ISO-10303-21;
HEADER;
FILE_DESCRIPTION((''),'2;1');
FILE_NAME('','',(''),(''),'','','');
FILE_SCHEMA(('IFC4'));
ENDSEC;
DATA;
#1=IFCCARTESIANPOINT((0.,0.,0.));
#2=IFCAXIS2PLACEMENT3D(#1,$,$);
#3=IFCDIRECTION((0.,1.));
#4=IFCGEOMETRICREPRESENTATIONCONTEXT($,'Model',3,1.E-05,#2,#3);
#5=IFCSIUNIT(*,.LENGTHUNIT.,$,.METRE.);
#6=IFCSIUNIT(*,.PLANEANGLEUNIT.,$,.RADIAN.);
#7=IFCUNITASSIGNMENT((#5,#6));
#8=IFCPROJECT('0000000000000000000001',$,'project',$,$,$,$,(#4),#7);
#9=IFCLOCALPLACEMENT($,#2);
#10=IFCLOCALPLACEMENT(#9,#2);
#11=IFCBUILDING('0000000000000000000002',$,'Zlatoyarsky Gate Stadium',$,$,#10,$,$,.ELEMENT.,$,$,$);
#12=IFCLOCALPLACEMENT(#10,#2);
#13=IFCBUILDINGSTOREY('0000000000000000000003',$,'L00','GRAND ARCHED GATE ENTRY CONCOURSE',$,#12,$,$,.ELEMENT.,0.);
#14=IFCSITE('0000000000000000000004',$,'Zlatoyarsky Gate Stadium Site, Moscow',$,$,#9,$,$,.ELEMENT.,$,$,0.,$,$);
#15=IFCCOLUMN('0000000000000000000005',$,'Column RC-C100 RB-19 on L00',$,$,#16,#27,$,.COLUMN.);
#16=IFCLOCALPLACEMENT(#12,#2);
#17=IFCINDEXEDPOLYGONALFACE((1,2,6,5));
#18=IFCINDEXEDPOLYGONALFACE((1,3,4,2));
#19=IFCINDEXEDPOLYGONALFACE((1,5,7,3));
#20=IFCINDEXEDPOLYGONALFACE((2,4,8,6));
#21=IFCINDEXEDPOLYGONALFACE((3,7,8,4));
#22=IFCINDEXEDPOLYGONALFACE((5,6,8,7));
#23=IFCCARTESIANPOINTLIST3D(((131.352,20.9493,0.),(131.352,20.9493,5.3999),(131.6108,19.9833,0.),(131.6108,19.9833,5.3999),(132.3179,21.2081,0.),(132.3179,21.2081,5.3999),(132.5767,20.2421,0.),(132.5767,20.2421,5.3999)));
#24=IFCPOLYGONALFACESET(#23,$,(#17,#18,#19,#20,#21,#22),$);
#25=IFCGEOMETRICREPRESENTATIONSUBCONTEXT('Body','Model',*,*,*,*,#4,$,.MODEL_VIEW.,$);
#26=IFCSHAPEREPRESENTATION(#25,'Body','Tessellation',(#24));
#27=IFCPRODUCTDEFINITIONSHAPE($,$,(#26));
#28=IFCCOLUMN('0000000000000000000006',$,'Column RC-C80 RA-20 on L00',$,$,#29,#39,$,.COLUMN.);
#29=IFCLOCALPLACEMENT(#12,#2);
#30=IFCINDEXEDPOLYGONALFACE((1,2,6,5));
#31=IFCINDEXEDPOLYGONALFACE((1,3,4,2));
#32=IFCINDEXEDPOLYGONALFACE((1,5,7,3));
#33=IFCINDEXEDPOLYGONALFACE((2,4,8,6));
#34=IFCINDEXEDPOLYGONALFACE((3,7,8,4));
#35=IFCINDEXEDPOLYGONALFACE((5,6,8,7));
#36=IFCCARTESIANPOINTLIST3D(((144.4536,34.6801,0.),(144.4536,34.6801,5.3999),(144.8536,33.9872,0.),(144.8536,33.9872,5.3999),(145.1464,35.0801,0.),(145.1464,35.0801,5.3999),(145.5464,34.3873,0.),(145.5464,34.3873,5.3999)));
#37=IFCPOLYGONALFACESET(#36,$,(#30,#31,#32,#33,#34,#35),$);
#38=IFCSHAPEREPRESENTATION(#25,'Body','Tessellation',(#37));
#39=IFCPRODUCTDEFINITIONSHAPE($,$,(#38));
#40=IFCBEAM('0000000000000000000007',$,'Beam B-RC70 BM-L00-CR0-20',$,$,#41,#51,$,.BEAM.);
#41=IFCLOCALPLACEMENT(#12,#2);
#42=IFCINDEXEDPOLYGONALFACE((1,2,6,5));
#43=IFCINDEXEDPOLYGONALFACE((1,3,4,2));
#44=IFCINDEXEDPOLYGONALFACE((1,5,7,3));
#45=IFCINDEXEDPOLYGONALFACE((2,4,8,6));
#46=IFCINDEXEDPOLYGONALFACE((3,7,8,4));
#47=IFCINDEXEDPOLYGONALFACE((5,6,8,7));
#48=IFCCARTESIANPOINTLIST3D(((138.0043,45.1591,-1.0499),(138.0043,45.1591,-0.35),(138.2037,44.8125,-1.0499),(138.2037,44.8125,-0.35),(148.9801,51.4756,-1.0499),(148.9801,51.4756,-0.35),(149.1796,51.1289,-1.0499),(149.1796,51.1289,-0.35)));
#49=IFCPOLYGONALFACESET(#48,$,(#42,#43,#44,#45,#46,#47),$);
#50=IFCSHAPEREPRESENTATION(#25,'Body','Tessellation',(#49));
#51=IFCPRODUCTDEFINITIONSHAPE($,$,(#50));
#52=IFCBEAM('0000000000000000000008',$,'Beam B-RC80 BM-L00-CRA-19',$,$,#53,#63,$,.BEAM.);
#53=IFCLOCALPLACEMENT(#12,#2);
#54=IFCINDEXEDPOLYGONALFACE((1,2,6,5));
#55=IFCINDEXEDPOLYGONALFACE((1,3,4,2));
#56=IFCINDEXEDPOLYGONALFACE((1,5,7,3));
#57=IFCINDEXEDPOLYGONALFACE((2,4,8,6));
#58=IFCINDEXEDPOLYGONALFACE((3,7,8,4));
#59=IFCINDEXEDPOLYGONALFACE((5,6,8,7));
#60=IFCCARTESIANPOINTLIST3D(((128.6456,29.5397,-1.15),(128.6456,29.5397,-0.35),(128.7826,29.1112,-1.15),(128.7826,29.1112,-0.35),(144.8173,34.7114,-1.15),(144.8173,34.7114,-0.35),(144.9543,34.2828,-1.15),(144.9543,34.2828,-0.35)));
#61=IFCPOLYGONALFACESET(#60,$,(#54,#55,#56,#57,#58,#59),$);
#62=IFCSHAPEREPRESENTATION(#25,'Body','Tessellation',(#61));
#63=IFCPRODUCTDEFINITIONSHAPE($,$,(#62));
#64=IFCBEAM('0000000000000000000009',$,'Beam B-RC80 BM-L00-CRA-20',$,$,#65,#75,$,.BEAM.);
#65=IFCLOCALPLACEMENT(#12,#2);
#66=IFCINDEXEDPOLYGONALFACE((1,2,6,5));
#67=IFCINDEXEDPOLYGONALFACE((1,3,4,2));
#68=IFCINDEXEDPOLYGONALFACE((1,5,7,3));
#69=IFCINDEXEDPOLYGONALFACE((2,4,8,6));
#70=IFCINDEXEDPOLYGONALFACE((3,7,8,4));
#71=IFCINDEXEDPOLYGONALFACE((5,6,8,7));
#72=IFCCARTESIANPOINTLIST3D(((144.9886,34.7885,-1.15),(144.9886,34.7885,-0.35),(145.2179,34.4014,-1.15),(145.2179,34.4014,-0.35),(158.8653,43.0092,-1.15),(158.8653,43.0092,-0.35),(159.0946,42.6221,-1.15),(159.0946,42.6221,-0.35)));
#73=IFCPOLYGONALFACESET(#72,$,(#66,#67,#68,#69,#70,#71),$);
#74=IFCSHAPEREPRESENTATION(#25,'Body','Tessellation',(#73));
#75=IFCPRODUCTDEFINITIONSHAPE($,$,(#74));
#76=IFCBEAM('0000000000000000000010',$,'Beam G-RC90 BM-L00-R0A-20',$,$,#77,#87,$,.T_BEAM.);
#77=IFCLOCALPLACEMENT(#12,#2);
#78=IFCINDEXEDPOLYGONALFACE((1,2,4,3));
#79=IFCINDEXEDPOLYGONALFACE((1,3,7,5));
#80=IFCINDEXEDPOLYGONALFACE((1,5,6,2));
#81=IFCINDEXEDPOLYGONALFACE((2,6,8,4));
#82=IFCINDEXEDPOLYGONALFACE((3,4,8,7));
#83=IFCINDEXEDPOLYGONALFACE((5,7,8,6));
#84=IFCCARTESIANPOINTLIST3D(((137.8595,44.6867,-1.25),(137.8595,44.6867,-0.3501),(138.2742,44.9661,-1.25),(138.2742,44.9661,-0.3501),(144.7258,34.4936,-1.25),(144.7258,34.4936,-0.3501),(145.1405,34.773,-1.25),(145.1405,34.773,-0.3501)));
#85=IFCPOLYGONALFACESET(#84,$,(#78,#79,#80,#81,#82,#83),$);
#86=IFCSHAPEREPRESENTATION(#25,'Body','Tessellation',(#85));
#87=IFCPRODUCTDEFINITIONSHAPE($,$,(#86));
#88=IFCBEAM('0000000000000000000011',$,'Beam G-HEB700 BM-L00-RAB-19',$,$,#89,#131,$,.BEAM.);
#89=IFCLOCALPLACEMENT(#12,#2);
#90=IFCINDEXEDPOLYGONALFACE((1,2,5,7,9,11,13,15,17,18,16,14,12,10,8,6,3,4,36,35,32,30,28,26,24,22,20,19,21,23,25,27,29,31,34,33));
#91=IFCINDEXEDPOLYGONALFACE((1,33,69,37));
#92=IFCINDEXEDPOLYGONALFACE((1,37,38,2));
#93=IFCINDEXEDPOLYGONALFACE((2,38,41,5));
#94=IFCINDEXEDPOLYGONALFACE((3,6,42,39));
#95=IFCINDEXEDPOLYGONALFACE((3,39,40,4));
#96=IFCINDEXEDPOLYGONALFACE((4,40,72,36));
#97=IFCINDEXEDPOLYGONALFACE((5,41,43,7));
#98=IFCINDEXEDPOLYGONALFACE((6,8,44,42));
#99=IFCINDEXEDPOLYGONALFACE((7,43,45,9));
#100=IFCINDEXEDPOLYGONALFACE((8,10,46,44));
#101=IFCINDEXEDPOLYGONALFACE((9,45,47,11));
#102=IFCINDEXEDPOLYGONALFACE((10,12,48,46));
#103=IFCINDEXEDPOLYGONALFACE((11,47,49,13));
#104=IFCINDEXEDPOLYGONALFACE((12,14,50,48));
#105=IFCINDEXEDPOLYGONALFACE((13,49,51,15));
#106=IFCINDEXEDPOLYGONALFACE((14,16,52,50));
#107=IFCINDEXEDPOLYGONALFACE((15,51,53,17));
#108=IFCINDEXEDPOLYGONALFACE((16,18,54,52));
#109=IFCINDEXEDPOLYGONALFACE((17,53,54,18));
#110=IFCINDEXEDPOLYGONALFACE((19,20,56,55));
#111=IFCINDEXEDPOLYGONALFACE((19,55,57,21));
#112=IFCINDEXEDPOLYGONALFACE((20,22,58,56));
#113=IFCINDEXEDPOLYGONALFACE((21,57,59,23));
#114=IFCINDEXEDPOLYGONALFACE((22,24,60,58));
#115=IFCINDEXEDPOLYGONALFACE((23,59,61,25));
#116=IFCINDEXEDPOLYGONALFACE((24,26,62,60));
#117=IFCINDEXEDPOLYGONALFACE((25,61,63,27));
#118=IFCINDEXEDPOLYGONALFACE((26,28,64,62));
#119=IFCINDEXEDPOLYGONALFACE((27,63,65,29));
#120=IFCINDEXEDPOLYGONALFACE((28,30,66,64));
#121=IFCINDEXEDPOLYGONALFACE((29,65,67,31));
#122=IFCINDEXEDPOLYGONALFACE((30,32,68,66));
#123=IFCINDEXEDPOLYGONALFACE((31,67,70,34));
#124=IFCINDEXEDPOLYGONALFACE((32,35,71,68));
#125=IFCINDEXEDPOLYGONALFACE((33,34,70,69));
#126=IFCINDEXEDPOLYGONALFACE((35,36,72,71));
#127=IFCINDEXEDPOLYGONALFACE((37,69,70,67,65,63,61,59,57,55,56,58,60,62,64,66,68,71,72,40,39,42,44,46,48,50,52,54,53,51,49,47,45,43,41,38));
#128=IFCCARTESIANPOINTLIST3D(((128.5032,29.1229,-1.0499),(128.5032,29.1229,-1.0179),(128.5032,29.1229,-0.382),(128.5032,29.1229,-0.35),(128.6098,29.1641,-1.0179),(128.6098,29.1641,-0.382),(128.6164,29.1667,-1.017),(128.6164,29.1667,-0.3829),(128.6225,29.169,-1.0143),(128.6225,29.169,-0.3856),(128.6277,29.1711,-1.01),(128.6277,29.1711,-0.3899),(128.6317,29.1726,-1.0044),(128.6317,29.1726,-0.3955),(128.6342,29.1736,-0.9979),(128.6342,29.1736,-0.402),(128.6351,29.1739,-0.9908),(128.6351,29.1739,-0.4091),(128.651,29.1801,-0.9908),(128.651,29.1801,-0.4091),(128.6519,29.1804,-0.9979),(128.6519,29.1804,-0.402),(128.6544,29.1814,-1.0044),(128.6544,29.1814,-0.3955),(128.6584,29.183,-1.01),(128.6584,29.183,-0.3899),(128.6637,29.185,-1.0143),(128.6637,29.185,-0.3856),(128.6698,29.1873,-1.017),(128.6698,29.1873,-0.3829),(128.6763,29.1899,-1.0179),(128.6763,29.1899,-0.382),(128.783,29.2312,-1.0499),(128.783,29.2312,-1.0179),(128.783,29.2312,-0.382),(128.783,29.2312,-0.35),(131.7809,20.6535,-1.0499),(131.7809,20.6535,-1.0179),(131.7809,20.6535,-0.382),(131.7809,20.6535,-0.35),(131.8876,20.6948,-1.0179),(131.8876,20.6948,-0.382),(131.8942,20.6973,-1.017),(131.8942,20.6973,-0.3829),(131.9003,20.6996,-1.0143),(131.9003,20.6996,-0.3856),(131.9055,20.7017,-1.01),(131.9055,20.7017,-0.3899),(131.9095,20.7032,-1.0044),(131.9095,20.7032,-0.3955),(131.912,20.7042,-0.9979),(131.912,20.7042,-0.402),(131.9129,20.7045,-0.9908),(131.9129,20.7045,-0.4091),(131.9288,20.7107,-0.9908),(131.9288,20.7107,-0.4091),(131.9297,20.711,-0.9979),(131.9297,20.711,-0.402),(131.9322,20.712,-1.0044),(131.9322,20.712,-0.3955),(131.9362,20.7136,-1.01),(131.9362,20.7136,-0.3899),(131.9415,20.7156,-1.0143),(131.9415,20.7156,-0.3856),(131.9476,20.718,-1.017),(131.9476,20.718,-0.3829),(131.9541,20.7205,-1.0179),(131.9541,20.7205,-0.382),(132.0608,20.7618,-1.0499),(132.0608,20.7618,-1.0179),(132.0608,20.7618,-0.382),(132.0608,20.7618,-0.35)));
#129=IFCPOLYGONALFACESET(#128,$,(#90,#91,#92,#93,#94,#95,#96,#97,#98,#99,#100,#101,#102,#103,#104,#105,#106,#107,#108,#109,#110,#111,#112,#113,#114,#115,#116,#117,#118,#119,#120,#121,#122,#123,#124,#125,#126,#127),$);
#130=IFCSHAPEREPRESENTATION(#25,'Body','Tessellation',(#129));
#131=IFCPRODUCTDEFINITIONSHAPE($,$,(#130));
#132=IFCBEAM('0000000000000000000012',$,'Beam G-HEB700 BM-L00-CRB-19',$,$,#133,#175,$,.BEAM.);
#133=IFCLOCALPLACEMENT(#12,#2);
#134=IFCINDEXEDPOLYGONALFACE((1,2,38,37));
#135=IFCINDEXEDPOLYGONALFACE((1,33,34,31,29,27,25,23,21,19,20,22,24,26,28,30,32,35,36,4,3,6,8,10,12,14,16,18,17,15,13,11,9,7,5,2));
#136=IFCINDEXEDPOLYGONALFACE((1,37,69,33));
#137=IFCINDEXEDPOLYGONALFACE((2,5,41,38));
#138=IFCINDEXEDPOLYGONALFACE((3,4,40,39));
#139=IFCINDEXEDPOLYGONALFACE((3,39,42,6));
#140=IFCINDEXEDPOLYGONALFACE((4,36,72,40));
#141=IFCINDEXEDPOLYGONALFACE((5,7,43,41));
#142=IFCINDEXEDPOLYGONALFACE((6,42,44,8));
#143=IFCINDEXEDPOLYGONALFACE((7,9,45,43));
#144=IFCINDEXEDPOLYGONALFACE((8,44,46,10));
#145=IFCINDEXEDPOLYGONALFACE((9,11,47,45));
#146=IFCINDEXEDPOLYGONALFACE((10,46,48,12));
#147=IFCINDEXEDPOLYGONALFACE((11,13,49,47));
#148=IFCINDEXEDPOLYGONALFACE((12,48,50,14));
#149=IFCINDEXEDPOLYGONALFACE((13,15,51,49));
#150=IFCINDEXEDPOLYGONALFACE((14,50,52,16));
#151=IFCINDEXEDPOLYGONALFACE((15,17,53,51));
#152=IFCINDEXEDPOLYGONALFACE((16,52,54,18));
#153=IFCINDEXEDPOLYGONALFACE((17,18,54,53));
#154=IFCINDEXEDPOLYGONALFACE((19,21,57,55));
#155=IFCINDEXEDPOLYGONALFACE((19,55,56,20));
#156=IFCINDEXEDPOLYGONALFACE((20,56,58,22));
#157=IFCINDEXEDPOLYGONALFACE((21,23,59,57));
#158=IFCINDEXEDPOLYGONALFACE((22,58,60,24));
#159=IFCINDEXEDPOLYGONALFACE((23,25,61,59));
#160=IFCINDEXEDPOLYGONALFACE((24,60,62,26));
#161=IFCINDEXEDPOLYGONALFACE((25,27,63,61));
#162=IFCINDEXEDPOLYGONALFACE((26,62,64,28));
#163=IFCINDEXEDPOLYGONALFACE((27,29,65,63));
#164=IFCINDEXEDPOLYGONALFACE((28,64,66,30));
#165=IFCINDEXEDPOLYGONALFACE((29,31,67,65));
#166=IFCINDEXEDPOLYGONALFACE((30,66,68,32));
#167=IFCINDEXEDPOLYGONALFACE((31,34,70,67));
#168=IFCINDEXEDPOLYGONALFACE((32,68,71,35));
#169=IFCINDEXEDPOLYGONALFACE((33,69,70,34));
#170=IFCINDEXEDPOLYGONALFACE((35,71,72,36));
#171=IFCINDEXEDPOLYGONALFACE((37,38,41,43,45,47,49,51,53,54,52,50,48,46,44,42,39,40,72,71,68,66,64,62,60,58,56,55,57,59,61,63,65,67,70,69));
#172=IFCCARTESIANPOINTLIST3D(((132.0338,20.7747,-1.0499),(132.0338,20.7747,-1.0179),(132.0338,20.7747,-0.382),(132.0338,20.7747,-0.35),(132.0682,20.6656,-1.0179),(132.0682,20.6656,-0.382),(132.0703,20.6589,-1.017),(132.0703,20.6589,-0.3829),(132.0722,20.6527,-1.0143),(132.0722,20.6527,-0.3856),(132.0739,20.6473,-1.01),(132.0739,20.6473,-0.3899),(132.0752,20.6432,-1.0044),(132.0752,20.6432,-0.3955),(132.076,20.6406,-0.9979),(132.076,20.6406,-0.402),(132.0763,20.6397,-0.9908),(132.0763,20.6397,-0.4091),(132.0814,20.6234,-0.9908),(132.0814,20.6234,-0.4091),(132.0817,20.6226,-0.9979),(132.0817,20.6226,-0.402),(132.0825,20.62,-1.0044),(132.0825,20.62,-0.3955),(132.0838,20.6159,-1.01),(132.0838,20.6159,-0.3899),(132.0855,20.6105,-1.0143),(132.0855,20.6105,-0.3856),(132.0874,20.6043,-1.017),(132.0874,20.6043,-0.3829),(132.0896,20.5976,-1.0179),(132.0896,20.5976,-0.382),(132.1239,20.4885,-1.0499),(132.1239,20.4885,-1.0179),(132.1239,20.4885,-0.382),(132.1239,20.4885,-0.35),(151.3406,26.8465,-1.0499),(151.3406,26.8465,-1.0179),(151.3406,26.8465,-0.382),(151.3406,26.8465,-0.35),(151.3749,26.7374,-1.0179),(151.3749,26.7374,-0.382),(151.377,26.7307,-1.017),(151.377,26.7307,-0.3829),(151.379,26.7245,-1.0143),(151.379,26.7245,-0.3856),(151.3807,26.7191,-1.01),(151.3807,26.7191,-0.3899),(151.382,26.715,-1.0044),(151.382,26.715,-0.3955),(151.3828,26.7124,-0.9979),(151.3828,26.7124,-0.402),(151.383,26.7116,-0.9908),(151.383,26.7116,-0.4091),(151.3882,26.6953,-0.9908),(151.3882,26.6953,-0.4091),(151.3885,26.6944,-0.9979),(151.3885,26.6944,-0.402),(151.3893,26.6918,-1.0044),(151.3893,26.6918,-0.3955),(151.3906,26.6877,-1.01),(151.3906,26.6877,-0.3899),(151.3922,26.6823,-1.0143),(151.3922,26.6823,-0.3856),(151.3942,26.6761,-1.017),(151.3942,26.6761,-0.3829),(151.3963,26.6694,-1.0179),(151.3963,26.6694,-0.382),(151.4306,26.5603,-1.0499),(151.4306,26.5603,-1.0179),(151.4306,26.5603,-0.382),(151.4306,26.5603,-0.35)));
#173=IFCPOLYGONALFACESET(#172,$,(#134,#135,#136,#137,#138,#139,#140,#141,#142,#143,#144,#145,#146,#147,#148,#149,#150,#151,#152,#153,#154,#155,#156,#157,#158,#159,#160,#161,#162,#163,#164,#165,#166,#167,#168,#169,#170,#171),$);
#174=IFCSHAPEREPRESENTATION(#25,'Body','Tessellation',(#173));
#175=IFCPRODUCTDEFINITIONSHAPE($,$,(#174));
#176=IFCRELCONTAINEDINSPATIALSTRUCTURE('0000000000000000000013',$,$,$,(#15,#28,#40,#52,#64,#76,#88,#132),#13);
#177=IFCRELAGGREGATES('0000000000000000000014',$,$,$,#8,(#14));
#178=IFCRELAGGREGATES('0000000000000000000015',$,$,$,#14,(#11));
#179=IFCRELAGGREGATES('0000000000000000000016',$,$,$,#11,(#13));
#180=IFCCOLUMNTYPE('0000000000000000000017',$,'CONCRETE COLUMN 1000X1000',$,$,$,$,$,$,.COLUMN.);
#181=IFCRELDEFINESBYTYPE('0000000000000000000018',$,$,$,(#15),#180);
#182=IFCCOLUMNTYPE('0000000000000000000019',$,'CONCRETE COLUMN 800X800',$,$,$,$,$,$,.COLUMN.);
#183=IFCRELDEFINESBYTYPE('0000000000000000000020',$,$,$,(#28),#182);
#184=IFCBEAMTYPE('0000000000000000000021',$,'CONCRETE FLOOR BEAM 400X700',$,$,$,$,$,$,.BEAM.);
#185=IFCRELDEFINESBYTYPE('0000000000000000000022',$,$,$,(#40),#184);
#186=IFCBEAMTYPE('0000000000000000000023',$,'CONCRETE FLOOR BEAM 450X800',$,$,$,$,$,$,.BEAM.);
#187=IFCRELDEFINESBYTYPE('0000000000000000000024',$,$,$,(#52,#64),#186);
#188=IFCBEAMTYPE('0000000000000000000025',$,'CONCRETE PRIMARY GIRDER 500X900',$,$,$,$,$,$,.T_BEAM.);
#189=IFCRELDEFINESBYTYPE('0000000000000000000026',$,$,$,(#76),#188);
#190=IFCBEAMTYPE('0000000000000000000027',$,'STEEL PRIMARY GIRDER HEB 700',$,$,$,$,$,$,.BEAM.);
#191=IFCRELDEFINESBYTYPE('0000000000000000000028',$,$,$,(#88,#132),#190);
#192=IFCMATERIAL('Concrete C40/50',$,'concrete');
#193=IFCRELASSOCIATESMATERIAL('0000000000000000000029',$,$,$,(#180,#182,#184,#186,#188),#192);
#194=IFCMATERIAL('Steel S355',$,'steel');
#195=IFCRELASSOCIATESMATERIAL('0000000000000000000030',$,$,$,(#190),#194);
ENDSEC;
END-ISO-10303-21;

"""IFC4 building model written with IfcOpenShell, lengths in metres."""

from ifc_helpers import new_model, si_unit, direction, frame, origin, origin_2d, place, context, subcontext, project, spatial, rectangle, i_section, extrude, material, material_profile, profile_set, type_object, element, save


model = new_model("IFC4")

# Units and contexts
model_context = context("Model", 3, precision=1e-05, world=origin(), true_north=direction((0.0, 1.0)))
body_context = subcontext(model_context, "Body", "Model", "MODEL_VIEW")
ifc_project = project(units=[si_unit("LENGTHUNIT", "METRE"), si_unit("PLANEANGLEUNIT", "RADIAN")], contexts=[model_context])

# Site, building, storey
site_placement = place(None, origin())
site = spatial("IfcSite", under=ifc_project, at=site_placement, Name="Zlatoyarsky Gate Stadium Site, Moscow", CompositionType="ELEMENT", RefElevation=0.0)
building_placement = place(site_placement, origin())
building = spatial("IfcBuilding", under=site, at=building_placement, Name="Zlatoyarsky Gate Stadium", CompositionType="ELEMENT")
storey_placement = place(building_placement, origin())
storey = spatial("IfcBuildingStorey", under=building, at=storey_placement, Name="L00", Description="GRAND ARCHED GATE ENTRY CONCOURSE", CompositionType="ELEMENT", Elevation=0.0)

# Columns
ifc_material_1 = material(Name="Concrete C40/50", Category="concrete")
ifc_material_profile_1 = material_profile(ifc_material_1, rectangle(XDim=1.0, YDim=1.0, at=origin_2d()), Name="RC COL 1000X1000")
ifc_profile_set_1 = profile_set([ifc_material_profile_1], Name="Concrete C40/50")
column_type_1 = type_object("IfcColumnType", Name="CONCRETE COLUMN 1000X1000", PredefinedType="COLUMN", material=ifc_profile_set_1)
column_1_placement = place(storey_placement, frame((131.9644, 20.5957, 0.0), z_axis=(0.0, 0.0, 1.0), x_axis=(0.258819, -0.965926, 0.0)))
element("IfcColumn", 1, at=column_1_placement, inside=storey, type_object=column_type_1, Name="Column RC-C100 RB-19 on L00", PredefinedType="COLUMN", context=body_context, shape_type="SweptSolid", body=[
    extrude(rectangle(XDim=1.0, YDim=1.0, at=origin_2d()), origin(), (0.0, 0.0, 1.0), 5.3999),
])
ifc_material_profile_2 = material_profile(ifc_material_1, rectangle(XDim=0.8, YDim=0.8, at=origin_2d()), Name="RC COL 800X800")
ifc_profile_set_2 = profile_set([ifc_material_profile_2], Name="Concrete C40/50")
column_type_2 = type_object("IfcColumnType", Name="CONCRETE COLUMN 800X800", PredefinedType="COLUMN", material=ifc_profile_set_2)
column_2_placement = place(storey_placement, frame((145.0, 34.5337, 0.0), z_axis=(0.0, 0.0, 1.0), x_axis=(0.5, -0.866025, 0.0)))
element("IfcColumn", 2, at=column_2_placement, inside=storey, type_object=column_type_2, Name="Column RC-C80 RA-20 on L00", PredefinedType="COLUMN", context=body_context, shape_type="SweptSolid", body=[
    extrude(rectangle(XDim=0.8, YDim=0.8, at=origin_2d()), origin(), (0.0, 0.0, 1.0), 5.3999),
])

# Beams
ifc_material_profile_3 = material_profile(ifc_material_1, rectangle(XDim=0.3999, YDim=0.7, at=origin_2d()), Name="RC BEAM 400X700")
ifc_profile_set_3 = profile_set([ifc_material_profile_3], Name="Concrete C40/50")
beam_type_1 = type_object("IfcBeamType", Name="CONCRETE FLOOR BEAM 400X700", PredefinedType="BEAM", material=ifc_profile_set_3)
beam_1_placement = place(storey_placement, frame((138.104, 44.9858, -0.7), z_axis=(0.866725, 0.498786, 0.0), x_axis=(-0.498786, 0.866725, 0.0)))
element("IfcBeam", 3, at=beam_1_placement, inside=storey, type_object=beam_type_1, Name="Beam B-RC70 BM-L00-CR0-20", PredefinedType="BEAM", context=body_context, shape_type="SweptSolid", body=[
    extrude(rectangle(XDim=0.3999, YDim=0.7, at=origin_2d()), origin(), (0.0, 0.0, 1.0), 12.6636),
])
ifc_material_profile_4 = material_profile(ifc_material_1, rectangle(XDim=0.45, YDim=0.8, at=origin_2d()), Name="RC BEAM 450X800")
ifc_profile_set_4 = profile_set([ifc_material_profile_4], Name="Concrete C40/50")
beam_type_2 = type_object("IfcBeamType", Name="CONCRETE FLOOR BEAM 450X800", PredefinedType="BEAM", material=ifc_profile_set_4)
beam_2_placement = place(storey_placement, frame((128.7141, 29.3254, -0.75), z_axis=(0.95248, 0.3046, 0.0), x_axis=(-0.3046, 0.95248, 0.0)))
element("IfcBeam", 4, at=beam_2_placement, inside=storey, type_object=beam_type_2, Name="Beam B-RC80 BM-L00-CRA-19", PredefinedType="BEAM", context=body_context, shape_type="SweptSolid", body=[
    extrude(rectangle(XDim=0.45, YDim=0.8, at=origin_2d()), origin(), (0.0, 0.0, 1.0), 16.9785),
])
beam_3_placement = place(storey_placement, frame((145.1033, 34.595, -0.75), z_axis=(0.86036, 0.509686, 0.0), x_axis=(-0.509686, 0.86036, 0.0)))
element("IfcBeam", 5, at=beam_3_placement, inside=storey, type_object=beam_type_2, Name="Beam B-RC80 BM-L00-CRA-20", PredefinedType="BEAM", context=body_context, shape_type="SweptSolid", body=[
    extrude(rectangle(XDim=0.45, YDim=0.8, at=origin_2d()), origin(), (0.0, 0.0, 1.0), 16.1289),
])
ifc_material_profile_5 = material_profile(ifc_material_1, rectangle(XDim=0.5, YDim=0.8999, at=origin_2d()), Name="RC GIRDER 500X900")
ifc_profile_set_5 = profile_set([ifc_material_profile_5], Name="Concrete C40/50")
beam_type_3 = type_object("IfcBeamType", Name="CONCRETE PRIMARY GIRDER 500X900", PredefinedType="T_BEAM", material=ifc_profile_set_5)
beam_4_placement = place(storey_placement, frame((138.0669, 44.8264, -0.8), z_axis=(0.558682, -0.829382, 0.0), x_axis=(0.829382, 0.558682, 0.0)))
element("IfcBeam", 6, at=beam_4_placement, inside=storey, type_object=beam_type_3, Name="Beam G-RC90 BM-L00-R0A-20", PredefinedType="T_BEAM", context=body_context, shape_type="SweptSolid", body=[
    extrude(rectangle(XDim=0.5, YDim=0.8999, at=origin_2d()), origin(), (0.0, 0.0, 1.0), 12.29),
])
ifc_material_2 = material(Name="Steel S355", Category="steel")
ifc_material_profile_6 = material_profile(ifc_material_2, i_section(OverallWidth=0.3, OverallDepth=0.7, WebThickness=0.0171, FlangeThickness=0.032, FilletRadius=0.0271, at=origin_2d()), Name="HEB 700")
ifc_profile_set_6 = profile_set([ifc_material_profile_6], Name="Steel S355")
beam_type_4 = type_object("IfcBeamType", Name="STEEL PRIMARY GIRDER HEB 700", PredefinedType="BEAM", material=ifc_profile_set_6)
beam_5_placement = place(storey_placement, frame((128.6431, 29.177, -0.7), z_axis=(0.360929, -0.932593, 0.0), x_axis=(0.932593, 0.360929, 0.0)))
element("IfcBeam", 7, at=beam_5_placement, inside=storey, type_object=beam_type_4, Name="Beam G-HEB700 BM-L00-RAB-19", PredefinedType="BEAM", context=body_context, shape_type="SweptSolid", body=[
    extrude(i_section(OverallWidth=0.3, OverallDepth=0.7, WebThickness=0.0171, FlangeThickness=0.032, FilletRadius=0.0271, at=origin_2d()), origin(), (0.0, 0.0, 1.0), 9.0815),
])
beam_6_placement = place(storey_placement, frame((132.0789, 20.6316, -0.7), z_axis=(0.953938, 0.300005, 0.0), x_axis=(-0.300005, 0.953938, 0.0)))
element("IfcBeam", 8, at=beam_6_placement, inside=storey, type_object=beam_type_4, Name="Beam G-HEB700 BM-L00-CRB-19", PredefinedType="BEAM", context=body_context, shape_type="SweptSolid", body=[
    extrude(i_section(OverallWidth=0.3, OverallDepth=0.7, WebThickness=0.0171, FlangeThickness=0.032, FilletRadius=0.0271, at=origin_2d()), origin(), (0.0, 0.0, 1.0), 20.239),
])

save(model, "model.ifc")
